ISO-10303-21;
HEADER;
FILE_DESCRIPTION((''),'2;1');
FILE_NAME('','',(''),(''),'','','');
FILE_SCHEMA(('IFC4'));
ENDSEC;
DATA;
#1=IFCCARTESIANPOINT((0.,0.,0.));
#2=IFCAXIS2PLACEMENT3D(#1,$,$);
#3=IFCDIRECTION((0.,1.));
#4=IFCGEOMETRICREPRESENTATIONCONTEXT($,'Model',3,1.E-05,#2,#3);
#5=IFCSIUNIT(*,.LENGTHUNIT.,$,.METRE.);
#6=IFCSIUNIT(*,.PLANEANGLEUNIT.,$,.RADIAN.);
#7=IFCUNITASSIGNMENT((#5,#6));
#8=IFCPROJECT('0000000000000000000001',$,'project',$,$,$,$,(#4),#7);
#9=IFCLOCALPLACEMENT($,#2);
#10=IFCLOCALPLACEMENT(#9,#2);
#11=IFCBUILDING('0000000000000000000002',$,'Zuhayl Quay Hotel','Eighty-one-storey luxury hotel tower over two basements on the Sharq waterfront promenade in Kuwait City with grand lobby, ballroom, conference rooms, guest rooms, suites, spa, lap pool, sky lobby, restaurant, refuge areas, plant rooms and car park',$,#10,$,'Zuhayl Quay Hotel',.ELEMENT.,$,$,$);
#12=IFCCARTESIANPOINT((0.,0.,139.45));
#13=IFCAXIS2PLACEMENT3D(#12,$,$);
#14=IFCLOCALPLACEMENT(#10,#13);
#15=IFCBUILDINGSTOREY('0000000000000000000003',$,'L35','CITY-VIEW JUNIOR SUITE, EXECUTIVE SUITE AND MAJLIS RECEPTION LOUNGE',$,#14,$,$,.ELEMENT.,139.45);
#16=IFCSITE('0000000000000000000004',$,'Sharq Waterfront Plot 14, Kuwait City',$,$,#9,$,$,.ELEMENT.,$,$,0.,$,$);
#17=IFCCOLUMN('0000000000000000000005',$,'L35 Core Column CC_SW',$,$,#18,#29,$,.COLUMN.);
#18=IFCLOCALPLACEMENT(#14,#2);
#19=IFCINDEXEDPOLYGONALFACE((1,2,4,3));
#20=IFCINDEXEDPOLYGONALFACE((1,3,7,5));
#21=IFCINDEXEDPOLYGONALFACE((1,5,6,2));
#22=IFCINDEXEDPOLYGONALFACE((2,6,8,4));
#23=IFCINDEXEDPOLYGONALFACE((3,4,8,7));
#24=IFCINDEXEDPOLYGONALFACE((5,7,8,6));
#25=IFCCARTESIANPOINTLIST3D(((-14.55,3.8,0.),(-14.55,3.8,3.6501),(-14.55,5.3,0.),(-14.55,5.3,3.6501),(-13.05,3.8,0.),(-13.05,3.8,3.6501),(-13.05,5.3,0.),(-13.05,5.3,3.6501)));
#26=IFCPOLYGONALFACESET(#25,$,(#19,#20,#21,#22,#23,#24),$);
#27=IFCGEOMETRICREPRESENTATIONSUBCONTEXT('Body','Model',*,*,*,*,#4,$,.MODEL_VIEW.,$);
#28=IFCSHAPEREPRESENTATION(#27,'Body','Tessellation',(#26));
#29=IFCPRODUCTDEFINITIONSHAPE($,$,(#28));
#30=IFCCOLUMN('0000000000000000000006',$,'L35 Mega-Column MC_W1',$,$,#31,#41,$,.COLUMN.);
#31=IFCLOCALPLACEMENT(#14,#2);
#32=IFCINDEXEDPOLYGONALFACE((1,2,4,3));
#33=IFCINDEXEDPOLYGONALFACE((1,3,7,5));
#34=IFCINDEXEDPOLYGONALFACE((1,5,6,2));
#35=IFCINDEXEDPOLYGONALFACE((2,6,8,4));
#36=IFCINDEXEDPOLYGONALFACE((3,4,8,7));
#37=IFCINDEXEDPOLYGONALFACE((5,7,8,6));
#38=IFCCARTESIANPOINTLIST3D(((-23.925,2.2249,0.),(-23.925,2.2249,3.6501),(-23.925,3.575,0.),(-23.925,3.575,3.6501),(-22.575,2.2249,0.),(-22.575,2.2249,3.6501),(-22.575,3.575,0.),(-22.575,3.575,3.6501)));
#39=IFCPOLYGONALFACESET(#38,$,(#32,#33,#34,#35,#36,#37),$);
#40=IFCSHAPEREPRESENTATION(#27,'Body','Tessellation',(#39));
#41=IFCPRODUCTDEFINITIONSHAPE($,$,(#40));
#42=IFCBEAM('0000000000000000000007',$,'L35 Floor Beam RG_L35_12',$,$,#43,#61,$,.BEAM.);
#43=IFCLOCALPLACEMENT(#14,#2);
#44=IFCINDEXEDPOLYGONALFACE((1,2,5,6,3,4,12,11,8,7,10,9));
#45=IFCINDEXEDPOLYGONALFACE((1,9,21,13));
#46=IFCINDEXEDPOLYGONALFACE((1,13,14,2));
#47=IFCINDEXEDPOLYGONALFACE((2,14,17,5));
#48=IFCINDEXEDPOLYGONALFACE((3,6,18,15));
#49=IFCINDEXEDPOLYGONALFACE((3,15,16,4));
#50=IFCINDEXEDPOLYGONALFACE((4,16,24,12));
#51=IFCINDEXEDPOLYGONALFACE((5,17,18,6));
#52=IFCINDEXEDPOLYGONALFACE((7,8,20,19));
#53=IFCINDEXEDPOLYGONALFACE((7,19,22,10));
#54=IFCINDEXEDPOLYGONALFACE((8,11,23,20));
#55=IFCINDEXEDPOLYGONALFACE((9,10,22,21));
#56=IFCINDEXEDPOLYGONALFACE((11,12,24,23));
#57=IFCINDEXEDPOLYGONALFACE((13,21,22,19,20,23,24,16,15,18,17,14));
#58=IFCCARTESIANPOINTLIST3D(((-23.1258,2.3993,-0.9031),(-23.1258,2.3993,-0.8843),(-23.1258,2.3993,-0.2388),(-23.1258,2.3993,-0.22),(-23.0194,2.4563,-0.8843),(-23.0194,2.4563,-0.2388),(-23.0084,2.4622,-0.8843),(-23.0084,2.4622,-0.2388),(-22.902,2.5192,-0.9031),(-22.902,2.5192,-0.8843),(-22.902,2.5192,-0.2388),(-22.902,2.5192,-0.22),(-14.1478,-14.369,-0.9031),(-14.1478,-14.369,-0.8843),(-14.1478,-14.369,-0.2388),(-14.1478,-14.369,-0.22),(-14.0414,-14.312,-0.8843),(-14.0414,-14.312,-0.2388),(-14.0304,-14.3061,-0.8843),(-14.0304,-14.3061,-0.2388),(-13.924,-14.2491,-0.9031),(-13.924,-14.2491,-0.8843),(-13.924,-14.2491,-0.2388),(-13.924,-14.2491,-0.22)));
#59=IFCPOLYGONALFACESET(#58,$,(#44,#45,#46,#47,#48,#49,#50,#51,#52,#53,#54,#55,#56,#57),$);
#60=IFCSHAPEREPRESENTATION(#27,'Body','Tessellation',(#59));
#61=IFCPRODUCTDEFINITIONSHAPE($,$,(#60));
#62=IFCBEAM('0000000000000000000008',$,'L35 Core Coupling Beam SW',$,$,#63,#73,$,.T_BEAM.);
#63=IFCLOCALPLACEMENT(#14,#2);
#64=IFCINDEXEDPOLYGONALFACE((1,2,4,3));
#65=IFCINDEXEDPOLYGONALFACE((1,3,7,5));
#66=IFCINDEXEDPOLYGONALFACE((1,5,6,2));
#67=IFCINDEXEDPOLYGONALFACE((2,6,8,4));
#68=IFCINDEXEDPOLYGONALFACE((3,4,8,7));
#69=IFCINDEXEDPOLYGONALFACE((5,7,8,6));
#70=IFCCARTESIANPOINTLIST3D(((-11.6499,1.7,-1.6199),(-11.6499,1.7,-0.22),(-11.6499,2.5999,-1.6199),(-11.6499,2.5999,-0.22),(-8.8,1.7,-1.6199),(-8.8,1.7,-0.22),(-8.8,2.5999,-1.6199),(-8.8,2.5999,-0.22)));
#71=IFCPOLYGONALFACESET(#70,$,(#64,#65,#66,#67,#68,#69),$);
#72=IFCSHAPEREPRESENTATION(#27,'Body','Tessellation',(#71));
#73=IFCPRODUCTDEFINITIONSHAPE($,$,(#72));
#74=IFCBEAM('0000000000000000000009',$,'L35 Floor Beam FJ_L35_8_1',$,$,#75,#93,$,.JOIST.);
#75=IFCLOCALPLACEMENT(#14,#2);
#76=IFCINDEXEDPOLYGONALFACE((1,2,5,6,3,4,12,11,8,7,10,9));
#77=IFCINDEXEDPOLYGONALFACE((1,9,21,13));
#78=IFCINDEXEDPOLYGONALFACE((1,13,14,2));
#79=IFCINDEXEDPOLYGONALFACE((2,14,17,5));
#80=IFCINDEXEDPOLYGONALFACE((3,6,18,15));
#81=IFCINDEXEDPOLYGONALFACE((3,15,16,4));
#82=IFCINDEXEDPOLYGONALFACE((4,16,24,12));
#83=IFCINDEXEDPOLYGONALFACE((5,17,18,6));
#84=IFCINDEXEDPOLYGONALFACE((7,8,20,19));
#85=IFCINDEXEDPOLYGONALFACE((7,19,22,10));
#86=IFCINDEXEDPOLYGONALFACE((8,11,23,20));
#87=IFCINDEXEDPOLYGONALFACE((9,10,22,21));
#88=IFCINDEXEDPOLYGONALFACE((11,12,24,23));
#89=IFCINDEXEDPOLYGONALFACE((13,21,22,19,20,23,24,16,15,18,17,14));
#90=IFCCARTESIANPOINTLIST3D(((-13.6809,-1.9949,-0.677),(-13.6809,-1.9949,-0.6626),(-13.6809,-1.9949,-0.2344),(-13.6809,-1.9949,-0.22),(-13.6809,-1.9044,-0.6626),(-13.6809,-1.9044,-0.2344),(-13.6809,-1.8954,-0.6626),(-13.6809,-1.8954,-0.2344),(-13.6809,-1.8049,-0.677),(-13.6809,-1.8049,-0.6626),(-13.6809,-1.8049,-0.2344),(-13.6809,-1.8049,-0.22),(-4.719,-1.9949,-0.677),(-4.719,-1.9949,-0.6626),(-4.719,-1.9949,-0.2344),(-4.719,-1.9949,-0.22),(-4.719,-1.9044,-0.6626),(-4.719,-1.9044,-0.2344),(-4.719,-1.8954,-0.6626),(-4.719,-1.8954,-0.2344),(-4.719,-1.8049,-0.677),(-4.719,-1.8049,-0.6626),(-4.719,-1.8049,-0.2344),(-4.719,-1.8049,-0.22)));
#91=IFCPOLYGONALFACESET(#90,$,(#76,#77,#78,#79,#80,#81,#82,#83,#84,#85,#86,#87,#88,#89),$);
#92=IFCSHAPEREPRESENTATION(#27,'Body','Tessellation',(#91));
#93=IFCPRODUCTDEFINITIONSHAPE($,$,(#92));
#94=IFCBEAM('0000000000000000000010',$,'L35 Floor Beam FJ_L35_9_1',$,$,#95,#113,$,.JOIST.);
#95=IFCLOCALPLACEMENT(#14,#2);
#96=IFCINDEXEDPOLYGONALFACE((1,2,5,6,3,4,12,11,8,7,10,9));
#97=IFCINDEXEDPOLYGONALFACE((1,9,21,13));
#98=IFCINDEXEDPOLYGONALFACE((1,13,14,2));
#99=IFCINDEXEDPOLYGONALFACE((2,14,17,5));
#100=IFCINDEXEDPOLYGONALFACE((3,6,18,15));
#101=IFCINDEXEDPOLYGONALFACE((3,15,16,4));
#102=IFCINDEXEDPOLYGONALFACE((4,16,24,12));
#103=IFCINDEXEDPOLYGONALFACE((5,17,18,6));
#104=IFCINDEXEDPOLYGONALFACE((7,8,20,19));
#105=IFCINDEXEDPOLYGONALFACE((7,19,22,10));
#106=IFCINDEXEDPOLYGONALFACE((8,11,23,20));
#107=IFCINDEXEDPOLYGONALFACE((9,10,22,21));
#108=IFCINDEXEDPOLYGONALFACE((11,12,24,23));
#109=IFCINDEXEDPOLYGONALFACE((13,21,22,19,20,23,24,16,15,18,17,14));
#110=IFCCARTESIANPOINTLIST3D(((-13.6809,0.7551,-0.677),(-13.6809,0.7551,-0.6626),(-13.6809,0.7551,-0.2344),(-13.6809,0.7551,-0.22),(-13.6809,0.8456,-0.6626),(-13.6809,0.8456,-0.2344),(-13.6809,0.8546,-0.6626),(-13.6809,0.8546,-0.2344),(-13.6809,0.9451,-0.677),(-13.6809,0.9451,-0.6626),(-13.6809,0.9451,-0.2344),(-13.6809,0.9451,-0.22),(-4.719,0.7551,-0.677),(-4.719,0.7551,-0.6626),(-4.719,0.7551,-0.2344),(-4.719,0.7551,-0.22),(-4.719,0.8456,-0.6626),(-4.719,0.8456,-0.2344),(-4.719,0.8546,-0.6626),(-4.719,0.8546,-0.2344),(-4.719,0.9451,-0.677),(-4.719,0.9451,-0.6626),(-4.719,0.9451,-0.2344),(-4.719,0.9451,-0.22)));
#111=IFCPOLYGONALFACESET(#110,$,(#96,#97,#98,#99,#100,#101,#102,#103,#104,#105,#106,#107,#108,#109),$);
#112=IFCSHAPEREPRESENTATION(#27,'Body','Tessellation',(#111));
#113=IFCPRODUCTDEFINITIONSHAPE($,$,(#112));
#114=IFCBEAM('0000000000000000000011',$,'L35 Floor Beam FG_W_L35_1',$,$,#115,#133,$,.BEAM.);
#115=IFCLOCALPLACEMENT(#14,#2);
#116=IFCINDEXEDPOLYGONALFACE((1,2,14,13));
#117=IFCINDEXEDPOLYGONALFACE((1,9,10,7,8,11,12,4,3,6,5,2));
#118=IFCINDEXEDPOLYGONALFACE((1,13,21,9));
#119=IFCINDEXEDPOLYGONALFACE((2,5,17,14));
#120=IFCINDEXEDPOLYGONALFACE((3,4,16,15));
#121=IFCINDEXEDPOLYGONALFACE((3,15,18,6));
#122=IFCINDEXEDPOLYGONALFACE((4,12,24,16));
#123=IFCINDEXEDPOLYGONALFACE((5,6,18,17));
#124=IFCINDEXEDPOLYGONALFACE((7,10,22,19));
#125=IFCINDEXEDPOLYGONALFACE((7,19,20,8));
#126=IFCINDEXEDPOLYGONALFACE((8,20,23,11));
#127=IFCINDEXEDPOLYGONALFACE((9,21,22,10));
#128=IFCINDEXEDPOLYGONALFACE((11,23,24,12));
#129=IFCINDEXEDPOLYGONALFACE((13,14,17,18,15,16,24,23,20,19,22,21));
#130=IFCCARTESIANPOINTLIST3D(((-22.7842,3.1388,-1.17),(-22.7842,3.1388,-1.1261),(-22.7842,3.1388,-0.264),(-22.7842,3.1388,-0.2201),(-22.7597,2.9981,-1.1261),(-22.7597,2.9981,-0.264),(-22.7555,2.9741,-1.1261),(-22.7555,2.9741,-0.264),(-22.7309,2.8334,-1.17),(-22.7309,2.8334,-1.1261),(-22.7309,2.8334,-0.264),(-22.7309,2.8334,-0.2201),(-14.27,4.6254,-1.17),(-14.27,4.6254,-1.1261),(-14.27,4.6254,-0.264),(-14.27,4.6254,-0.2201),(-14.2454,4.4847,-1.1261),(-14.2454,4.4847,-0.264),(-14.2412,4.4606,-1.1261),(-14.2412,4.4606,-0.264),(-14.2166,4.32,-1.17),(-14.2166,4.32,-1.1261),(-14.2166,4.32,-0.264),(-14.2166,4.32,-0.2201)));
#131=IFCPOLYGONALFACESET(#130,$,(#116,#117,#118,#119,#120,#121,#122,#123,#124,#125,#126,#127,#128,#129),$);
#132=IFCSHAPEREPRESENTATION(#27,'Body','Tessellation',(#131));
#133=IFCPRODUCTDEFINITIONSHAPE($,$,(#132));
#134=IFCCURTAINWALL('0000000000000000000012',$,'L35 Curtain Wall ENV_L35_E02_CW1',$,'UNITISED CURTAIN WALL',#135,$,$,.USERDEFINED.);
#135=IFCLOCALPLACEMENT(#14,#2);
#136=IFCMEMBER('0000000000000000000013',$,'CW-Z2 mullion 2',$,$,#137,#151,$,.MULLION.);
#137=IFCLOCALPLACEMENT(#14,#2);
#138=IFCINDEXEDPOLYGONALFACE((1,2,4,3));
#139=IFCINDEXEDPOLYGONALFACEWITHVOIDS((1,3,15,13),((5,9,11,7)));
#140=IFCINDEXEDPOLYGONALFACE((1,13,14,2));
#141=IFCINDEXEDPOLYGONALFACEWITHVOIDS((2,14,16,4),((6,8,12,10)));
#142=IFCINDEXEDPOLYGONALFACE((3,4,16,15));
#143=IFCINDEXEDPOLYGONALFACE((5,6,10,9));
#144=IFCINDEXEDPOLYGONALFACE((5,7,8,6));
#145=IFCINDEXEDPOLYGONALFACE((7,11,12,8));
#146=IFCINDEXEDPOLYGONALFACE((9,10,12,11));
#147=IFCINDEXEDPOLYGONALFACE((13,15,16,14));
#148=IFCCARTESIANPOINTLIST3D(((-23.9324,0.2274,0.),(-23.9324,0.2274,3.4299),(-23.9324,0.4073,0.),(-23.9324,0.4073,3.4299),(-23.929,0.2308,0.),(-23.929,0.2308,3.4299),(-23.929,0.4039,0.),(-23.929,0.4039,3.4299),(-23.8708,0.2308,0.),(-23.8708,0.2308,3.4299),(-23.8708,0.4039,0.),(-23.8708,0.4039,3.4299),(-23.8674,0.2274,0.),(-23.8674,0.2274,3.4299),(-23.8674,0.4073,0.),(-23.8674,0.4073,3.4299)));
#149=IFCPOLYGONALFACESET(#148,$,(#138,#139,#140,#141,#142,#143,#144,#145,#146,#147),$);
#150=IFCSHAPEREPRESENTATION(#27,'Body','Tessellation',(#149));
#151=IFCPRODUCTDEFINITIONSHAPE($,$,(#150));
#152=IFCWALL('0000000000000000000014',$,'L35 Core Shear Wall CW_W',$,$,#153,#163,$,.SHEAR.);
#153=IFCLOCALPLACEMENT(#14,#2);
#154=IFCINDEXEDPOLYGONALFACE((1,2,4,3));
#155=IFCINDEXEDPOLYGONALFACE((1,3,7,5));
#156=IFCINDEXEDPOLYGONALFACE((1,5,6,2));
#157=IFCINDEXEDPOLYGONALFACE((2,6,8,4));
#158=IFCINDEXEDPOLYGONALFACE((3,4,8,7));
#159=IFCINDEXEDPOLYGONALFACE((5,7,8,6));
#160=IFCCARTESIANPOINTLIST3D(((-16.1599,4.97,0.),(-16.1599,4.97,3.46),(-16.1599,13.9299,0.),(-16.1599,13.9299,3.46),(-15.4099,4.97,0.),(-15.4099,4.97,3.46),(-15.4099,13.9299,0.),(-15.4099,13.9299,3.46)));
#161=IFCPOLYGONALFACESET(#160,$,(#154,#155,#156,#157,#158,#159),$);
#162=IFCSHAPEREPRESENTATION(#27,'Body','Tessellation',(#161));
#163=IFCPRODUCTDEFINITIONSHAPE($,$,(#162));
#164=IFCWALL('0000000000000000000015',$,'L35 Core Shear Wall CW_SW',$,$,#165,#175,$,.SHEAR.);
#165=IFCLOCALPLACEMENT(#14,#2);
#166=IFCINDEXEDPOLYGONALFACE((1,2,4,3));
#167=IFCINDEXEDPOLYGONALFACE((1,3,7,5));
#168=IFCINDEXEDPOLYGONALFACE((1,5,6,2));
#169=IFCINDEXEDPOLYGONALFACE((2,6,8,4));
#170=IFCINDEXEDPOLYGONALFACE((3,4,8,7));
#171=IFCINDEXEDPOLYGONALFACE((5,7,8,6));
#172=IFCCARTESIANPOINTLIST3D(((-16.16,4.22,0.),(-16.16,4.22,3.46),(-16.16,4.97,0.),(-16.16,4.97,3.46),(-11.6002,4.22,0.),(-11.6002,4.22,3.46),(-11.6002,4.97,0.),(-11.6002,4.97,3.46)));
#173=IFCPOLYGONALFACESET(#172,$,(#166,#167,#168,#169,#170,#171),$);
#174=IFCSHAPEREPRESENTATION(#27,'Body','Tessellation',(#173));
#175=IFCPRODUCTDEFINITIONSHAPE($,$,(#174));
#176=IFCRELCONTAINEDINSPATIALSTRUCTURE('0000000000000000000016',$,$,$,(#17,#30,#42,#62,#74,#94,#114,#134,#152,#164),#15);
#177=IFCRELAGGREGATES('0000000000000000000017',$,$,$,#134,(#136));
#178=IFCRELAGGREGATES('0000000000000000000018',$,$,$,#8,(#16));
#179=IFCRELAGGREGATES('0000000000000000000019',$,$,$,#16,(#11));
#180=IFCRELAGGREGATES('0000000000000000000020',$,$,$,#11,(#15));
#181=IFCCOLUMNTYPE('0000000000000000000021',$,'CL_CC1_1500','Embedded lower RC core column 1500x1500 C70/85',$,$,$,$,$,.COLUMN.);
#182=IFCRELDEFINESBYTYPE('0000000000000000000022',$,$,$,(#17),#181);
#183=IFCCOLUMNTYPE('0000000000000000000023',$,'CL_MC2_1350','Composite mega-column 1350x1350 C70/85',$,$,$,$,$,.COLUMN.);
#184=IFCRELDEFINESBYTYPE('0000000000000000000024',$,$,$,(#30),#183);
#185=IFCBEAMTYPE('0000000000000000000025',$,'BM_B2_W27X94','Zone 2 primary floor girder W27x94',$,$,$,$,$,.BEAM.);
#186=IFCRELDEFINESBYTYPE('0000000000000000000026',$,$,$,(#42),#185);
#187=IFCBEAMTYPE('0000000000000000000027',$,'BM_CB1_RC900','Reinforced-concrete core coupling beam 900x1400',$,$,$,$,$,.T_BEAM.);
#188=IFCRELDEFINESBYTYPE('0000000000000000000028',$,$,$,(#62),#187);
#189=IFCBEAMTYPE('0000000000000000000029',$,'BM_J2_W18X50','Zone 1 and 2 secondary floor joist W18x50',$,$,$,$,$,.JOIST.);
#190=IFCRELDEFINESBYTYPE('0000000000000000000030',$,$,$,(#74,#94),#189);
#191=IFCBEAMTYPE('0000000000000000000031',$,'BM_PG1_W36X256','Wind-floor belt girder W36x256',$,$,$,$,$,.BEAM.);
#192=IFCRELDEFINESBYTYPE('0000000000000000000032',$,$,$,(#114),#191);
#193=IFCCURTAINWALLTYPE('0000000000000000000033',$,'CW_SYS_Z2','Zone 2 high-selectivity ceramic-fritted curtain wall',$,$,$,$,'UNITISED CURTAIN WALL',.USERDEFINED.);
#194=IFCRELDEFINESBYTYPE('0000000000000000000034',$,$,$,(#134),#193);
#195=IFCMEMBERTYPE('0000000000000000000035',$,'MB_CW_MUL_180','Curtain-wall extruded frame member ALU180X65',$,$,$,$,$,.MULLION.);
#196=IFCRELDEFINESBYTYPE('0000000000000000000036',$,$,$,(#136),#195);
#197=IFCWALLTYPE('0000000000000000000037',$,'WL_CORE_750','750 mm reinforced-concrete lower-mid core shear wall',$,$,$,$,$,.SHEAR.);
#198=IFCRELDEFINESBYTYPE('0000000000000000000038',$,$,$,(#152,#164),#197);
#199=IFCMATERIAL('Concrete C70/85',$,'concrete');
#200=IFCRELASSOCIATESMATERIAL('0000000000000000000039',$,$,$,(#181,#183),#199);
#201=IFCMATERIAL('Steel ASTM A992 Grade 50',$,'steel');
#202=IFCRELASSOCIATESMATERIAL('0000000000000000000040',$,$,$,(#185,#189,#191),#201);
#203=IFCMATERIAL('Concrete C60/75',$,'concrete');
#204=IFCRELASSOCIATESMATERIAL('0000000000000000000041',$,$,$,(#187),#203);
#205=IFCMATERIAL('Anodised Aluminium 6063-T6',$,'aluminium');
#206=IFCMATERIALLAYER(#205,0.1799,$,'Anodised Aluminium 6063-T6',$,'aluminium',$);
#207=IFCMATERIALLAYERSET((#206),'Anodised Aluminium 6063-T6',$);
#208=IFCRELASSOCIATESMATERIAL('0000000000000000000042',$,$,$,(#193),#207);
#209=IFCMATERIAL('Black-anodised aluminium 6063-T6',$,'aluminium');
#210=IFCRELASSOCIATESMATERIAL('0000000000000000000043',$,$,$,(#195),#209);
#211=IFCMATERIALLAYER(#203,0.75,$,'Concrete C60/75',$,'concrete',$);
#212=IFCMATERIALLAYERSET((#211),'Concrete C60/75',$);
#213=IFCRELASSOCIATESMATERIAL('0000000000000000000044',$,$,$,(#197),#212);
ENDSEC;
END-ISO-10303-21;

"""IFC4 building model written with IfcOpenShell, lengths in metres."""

from ifc_helpers import new_model, si_unit, direction, frame, frame_2d, origin, origin_2d, place, context, subcontext, project, spatial, rectangle, hollow_rectangle, i_section, extrude, material, layer, layer_set, material_profile, profile_set, type_object, element, aggregate, save


model = new_model("IFC4")

# Units and contexts
model_context = context("Model", 3, precision=1e-05, world=origin(), true_north=direction((0.0, 1.0)))
body_context = subcontext(model_context, "Body", "Model", "MODEL_VIEW")
ifc_project = project(units=[si_unit("LENGTHUNIT", "METRE"), si_unit("PLANEANGLEUNIT", "RADIAN")], contexts=[model_context])

# Site, building, storey
site_placement = place(None, origin())
site = spatial("IfcSite", under=ifc_project, at=site_placement, Name="Sharq Waterfront Plot 14, Kuwait City", CompositionType="ELEMENT", RefElevation=0.0)
building_placement = place(site_placement, origin())
building = spatial("IfcBuilding", under=site, at=building_placement, Name="Zuhayl Quay Hotel", Description="Eighty-one-storey luxury hotel tower over two basements on the Sharq waterfront promenade in Kuwait City with grand lobby, ballroom, conference rooms, guest rooms, suites, spa, lap pool, sky lobby, restaurant, refuge areas, plant rooms and car park", LongName="Zuhayl Quay Hotel", CompositionType="ELEMENT")
storey_placement = place(building_placement, frame((0.0, 0.0, 139.45)))
storey = spatial("IfcBuildingStorey", under=building, at=storey_placement, Name="L35", Description="CITY-VIEW JUNIOR SUITE, EXECUTIVE SUITE AND MAJLIS RECEPTION LOUNGE", CompositionType="ELEMENT", Elevation=139.45)

# Columns
ifc_material_1 = material(Name="Concrete C70/85", Category="concrete")
ifc_material_profile_1 = material_profile(ifc_material_1, rectangle(XDim=1.5, YDim=1.5, at=origin_2d()), Name="RC1500X1500")
ifc_profile_set_1 = profile_set([ifc_material_profile_1], Name="Concrete C70/85")
column_type_1 = type_object("IfcColumnType", Name="CL_CC1_1500", Description="Embedded lower RC core column 1500x1500 C70/85", PredefinedType="COLUMN", material=ifc_profile_set_1)
column_1_placement = place(storey_placement, frame((-13.8, 4.55, 0.0), z_axis=(0.0, 0.0, 1.0), x_axis=(1.0, 0.0, 0.0)))
element("IfcColumn", 1, at=column_1_placement, inside=storey, type_object=column_type_1, Name="L35 Core Column CC_SW", PredefinedType="COLUMN", context=body_context, shape_type="SweptSolid", body=[
    extrude(rectangle(XDim=1.5, YDim=1.5, at=origin_2d()), origin(), (0.0, 0.0, 1.0), 3.6501),
])
ifc_material_profile_2 = material_profile(ifc_material_1, rectangle(XDim=1.3501, YDim=1.3501, at=origin_2d()), Name="RC1350X1350")
ifc_profile_set_2 = profile_set([ifc_material_profile_2], Name="Concrete C70/85")
column_type_2 = type_object("IfcColumnType", Name="CL_MC2_1350", Description="Composite mega-column 1350x1350 C70/85", PredefinedType="COLUMN", material=ifc_profile_set_2)
column_2_placement = place(storey_placement, frame((-23.25, 2.8999, 0.0), z_axis=(0.0, 0.0, 1.0), x_axis=(1.0, 0.0, 0.0)))
element("IfcColumn", 2, at=column_2_placement, inside=storey, type_object=column_type_2, Name="L35 Mega-Column MC_W1", PredefinedType="COLUMN", context=body_context, shape_type="SweptSolid", body=[
    extrude(rectangle(XDim=1.3501, YDim=1.3501, at=origin_2d()), origin(), (0.0, 0.0, 1.0), 3.6501),
])

# Beams
ifc_material_2 = material(Name="Steel ASTM A992 Grade 50", Category="steel")
ifc_material_profile_3 = material_profile(ifc_material_2, i_section(OverallWidth=0.2539, OverallDepth=0.6831, WebThickness=0.0125, FlangeThickness=0.0188, at=origin_2d()), Name="W27X94")
ifc_profile_set_3 = profile_set([ifc_material_profile_3], Name="Steel ASTM A992 Grade 50")
beam_type_1 = type_object("IfcBeamType", Name="BM_B2_W27X94", Description="Zone 2 primary floor girder W27x94", PredefinedType="BEAM", material=ifc_profile_set_3)
beam_1_placement = place(storey_placement, frame((-23.0139, 2.4592, -0.5615), z_axis=(0.472017, -0.881589, 0.0), x_axis=(0.881589, 0.472017, 0.0)))
element("IfcBeam", 3, at=beam_1_placement, inside=storey, type_object=beam_type_1, Name="L35 Floor Beam RG_L35_12", PredefinedType="BEAM", context=body_context, shape_type="SweptSolid", body=[
    extrude(i_section(OverallWidth=0.2539, OverallDepth=0.6831, WebThickness=0.0125, FlangeThickness=0.0188, at=origin_2d()), origin(), (0.0, 0.0, 1.0), 19.0205),
])
ifc_material_3 = material(Name="Concrete C60/75", Category="concrete")
ifc_material_profile_4 = material_profile(ifc_material_3, rectangle(XDim=0.8999, YDim=1.3999, at=origin_2d()), Name="RC900X1400")
ifc_profile_set_4 = profile_set([ifc_material_profile_4], Name="Concrete C60/75")
beam_type_2 = type_object("IfcBeamType", Name="BM_CB1_RC900", Description="Reinforced-concrete core coupling beam 900x1400", PredefinedType="T_BEAM", material=ifc_profile_set_4)
beam_2_placement = place(storey_placement, frame((-11.6499, 2.1499, -0.9199), z_axis=(1.0, 0.0, 0.0), x_axis=(0.0, 1.0, 0.0)))
element("IfcBeam", 4, at=beam_2_placement, inside=storey, type_object=beam_type_2, Name="L35 Core Coupling Beam SW", PredefinedType="T_BEAM", context=body_context, shape_type="SweptSolid", body=[
    extrude(rectangle(XDim=0.8999, YDim=1.3999, at=origin_2d()), origin(), (0.0, 0.0, 1.0), 2.8499),
])
ifc_material_profile_5 = material_profile(ifc_material_2, i_section(OverallWidth=0.1899, OverallDepth=0.457, WebThickness=0.009, FlangeThickness=0.0144, at=origin_2d()), Name="W18X50")
ifc_profile_set_5 = profile_set([ifc_material_profile_5], Name="Steel ASTM A992 Grade 50")
beam_type_3 = type_object("IfcBeamType", Name="BM_J2_W18X50", Description="Zone 1 and 2 secondary floor joist W18x50", PredefinedType="JOIST", material=ifc_profile_set_5)
for number, where, z_axis, x_axis, name in (
    (5, (-13.6809, -1.8999, -0.4485), (1.0, 0.0, 0.0), (0.0, 1.0, 0.0), "L35 Floor Beam FJ_L35_8_1"),
    (6, (-13.6809, 0.8501, -0.4485), (1.0, 0.0, 0.0), (0.0, 1.0, 0.0), "L35 Floor Beam FJ_L35_9_1"),
):
    element("IfcBeam", number, at=place(storey_placement, frame(where, z_axis=z_axis, x_axis=x_axis)), inside=storey, type_object=beam_type_3, Name=name, PredefinedType="JOIST", context=body_context, shape_type="SweptSolid", body=[
        extrude(i_section(OverallWidth=0.1899, OverallDepth=0.457, WebThickness=0.009, FlangeThickness=0.0144, at=origin_2d()), origin(), (0.0, 0.0, 1.0), 8.9619),
    ])
ifc_material_profile_6 = material_profile(ifc_material_2, i_section(OverallWidth=0.3101, OverallDepth=0.95, WebThickness=0.0244, FlangeThickness=0.0439, at=origin_2d()), Name="W36X256")
ifc_profile_set_6 = profile_set([ifc_material_profile_6], Name="Steel ASTM A992 Grade 50")
beam_type_4 = type_object("IfcBeamType", Name="BM_PG1_W36X256", Description="Wind-floor belt girder W36x256", PredefinedType="BEAM", material=ifc_profile_set_6)
beam_3_placement = place(storey_placement, frame((-22.7576, 2.9861, -0.6951), z_axis=(0.985097, 0.171998, 0.0), x_axis=(-0.171998, 0.985097, 0.0)))
element("IfcBeam", 7, at=beam_3_placement, inside=storey, type_object=beam_type_4, Name="L35 Floor Beam FG_W_L35_1", PredefinedType="BEAM", context=body_context, shape_type="SweptSolid", body=[
    extrude(i_section(OverallWidth=0.3101, OverallDepth=0.95, WebThickness=0.0244, FlangeThickness=0.0439, at=origin_2d()), origin(), (0.0, 0.0, 1.0), 8.6431),
])

# Curtain wall, member
ifc_material_4 = material(Name="Anodised Aluminium 6063-T6", Category="aluminium")
ifc_layer_1 = layer(ifc_material_4, 0.1799, Name="Anodised Aluminium 6063-T6", Category="aluminium")
ifc_layer_set_1 = layer_set([ifc_layer_1], Name="Anodised Aluminium 6063-T6")
curtain_wall_type = type_object("IfcCurtainWallType", Name="CW_SYS_Z2", Description="Zone 2 high-selectivity ceramic-fritted curtain wall", ElementType="UNITISED CURTAIN WALL", PredefinedType="USERDEFINED", material=ifc_layer_set_1)
curtain_wall_placement = place(storey_placement, origin())
curtain_wall = element("IfcCurtainWall", 8, at=curtain_wall_placement, inside=storey, type_object=curtain_wall_type, Name="L35 Curtain Wall ENV_L35_E02_CW1", ObjectType="UNITISED CURTAIN WALL", PredefinedType="USERDEFINED")
ifc_material_5 = material(Name="Black-anodised aluminium 6063-T6", Category="aluminium")
ifc_material_profile_7 = material_profile(ifc_material_5, hollow_rectangle(XDim=0.0649, YDim=0.1799, WallThickness=0.0034, at=origin_2d()), Name="ALU180X65")
ifc_profile_set_7 = profile_set([ifc_material_profile_7], Name="Black-anodised aluminium 6063-T6")
member_type = type_object("IfcMemberType", Name="MB_CW_MUL_180", Description="Curtain-wall extruded frame member ALU180X65", PredefinedType="MULLION", material=ifc_profile_set_7)
member_placement = place(storey_placement, frame((-23.8999, 0.3174, 0.0), z_axis=(0.0, 0.0, 1.0), x_axis=(-1.0, 0.0, 0.0)))
member = element("IfcMember", 9, at=member_placement, type_object=member_type, Name="CW-Z2 mullion 2", PredefinedType="MULLION", context=body_context, shape_type="SweptSolid", body=[
    extrude(hollow_rectangle(XDim=0.0649, YDim=0.1799, WallThickness=0.0034, at=origin_2d()), origin(), (0.0, 0.0, 1.0), 3.4299),
])
aggregate(curtain_wall, [member])

# Walls
ifc_layer_2 = layer(ifc_material_3, 0.75, Name="Concrete C60/75", Category="concrete")
ifc_layer_set_2 = layer_set([ifc_layer_2], Name="Concrete C60/75")
wall_type_1 = type_object("IfcWallType", Name="WL_CORE_750", Description="750 mm reinforced-concrete lower-mid core shear wall", PredefinedType="SHEAR", material=ifc_layer_set_2)
wall_1_placement = place(storey_placement, frame((-15.7849, 4.97, 0.0), z_axis=(0.0, 0.0, 1.0), x_axis=(0.0, 1.0, 0.0)))
element("IfcWall", 10, at=wall_1_placement, inside=storey, type_object=wall_type_1, Name="L35 Core Shear Wall CW_W", PredefinedType="SHEAR", context=body_context, shape_type="SweptSolid", body=[
    extrude(rectangle(XDim=8.96, YDim=0.75, at=frame_2d((4.48, 0.0))), origin(), (0.0, 0.0, 1.0), 3.46),
])
wall_2_placement = place(storey_placement, frame((-16.1599, 4.595, 0.0), z_axis=(0.0, 0.0, 1.0), x_axis=(1.0, 0.0, 0.0)))
element("IfcWall", 11, at=wall_2_placement, inside=storey, type_object=wall_type_1, Name="L35 Core Shear Wall CW_SW", PredefinedType="SHEAR", context=body_context, shape_type="SweptSolid", body=[
    extrude(rectangle(XDim=4.5598, YDim=0.75, at=frame_2d((2.2798, 0.0))), origin(), (0.0, 0.0, 1.0), 3.46),
])

save(model, "model.ifc")
